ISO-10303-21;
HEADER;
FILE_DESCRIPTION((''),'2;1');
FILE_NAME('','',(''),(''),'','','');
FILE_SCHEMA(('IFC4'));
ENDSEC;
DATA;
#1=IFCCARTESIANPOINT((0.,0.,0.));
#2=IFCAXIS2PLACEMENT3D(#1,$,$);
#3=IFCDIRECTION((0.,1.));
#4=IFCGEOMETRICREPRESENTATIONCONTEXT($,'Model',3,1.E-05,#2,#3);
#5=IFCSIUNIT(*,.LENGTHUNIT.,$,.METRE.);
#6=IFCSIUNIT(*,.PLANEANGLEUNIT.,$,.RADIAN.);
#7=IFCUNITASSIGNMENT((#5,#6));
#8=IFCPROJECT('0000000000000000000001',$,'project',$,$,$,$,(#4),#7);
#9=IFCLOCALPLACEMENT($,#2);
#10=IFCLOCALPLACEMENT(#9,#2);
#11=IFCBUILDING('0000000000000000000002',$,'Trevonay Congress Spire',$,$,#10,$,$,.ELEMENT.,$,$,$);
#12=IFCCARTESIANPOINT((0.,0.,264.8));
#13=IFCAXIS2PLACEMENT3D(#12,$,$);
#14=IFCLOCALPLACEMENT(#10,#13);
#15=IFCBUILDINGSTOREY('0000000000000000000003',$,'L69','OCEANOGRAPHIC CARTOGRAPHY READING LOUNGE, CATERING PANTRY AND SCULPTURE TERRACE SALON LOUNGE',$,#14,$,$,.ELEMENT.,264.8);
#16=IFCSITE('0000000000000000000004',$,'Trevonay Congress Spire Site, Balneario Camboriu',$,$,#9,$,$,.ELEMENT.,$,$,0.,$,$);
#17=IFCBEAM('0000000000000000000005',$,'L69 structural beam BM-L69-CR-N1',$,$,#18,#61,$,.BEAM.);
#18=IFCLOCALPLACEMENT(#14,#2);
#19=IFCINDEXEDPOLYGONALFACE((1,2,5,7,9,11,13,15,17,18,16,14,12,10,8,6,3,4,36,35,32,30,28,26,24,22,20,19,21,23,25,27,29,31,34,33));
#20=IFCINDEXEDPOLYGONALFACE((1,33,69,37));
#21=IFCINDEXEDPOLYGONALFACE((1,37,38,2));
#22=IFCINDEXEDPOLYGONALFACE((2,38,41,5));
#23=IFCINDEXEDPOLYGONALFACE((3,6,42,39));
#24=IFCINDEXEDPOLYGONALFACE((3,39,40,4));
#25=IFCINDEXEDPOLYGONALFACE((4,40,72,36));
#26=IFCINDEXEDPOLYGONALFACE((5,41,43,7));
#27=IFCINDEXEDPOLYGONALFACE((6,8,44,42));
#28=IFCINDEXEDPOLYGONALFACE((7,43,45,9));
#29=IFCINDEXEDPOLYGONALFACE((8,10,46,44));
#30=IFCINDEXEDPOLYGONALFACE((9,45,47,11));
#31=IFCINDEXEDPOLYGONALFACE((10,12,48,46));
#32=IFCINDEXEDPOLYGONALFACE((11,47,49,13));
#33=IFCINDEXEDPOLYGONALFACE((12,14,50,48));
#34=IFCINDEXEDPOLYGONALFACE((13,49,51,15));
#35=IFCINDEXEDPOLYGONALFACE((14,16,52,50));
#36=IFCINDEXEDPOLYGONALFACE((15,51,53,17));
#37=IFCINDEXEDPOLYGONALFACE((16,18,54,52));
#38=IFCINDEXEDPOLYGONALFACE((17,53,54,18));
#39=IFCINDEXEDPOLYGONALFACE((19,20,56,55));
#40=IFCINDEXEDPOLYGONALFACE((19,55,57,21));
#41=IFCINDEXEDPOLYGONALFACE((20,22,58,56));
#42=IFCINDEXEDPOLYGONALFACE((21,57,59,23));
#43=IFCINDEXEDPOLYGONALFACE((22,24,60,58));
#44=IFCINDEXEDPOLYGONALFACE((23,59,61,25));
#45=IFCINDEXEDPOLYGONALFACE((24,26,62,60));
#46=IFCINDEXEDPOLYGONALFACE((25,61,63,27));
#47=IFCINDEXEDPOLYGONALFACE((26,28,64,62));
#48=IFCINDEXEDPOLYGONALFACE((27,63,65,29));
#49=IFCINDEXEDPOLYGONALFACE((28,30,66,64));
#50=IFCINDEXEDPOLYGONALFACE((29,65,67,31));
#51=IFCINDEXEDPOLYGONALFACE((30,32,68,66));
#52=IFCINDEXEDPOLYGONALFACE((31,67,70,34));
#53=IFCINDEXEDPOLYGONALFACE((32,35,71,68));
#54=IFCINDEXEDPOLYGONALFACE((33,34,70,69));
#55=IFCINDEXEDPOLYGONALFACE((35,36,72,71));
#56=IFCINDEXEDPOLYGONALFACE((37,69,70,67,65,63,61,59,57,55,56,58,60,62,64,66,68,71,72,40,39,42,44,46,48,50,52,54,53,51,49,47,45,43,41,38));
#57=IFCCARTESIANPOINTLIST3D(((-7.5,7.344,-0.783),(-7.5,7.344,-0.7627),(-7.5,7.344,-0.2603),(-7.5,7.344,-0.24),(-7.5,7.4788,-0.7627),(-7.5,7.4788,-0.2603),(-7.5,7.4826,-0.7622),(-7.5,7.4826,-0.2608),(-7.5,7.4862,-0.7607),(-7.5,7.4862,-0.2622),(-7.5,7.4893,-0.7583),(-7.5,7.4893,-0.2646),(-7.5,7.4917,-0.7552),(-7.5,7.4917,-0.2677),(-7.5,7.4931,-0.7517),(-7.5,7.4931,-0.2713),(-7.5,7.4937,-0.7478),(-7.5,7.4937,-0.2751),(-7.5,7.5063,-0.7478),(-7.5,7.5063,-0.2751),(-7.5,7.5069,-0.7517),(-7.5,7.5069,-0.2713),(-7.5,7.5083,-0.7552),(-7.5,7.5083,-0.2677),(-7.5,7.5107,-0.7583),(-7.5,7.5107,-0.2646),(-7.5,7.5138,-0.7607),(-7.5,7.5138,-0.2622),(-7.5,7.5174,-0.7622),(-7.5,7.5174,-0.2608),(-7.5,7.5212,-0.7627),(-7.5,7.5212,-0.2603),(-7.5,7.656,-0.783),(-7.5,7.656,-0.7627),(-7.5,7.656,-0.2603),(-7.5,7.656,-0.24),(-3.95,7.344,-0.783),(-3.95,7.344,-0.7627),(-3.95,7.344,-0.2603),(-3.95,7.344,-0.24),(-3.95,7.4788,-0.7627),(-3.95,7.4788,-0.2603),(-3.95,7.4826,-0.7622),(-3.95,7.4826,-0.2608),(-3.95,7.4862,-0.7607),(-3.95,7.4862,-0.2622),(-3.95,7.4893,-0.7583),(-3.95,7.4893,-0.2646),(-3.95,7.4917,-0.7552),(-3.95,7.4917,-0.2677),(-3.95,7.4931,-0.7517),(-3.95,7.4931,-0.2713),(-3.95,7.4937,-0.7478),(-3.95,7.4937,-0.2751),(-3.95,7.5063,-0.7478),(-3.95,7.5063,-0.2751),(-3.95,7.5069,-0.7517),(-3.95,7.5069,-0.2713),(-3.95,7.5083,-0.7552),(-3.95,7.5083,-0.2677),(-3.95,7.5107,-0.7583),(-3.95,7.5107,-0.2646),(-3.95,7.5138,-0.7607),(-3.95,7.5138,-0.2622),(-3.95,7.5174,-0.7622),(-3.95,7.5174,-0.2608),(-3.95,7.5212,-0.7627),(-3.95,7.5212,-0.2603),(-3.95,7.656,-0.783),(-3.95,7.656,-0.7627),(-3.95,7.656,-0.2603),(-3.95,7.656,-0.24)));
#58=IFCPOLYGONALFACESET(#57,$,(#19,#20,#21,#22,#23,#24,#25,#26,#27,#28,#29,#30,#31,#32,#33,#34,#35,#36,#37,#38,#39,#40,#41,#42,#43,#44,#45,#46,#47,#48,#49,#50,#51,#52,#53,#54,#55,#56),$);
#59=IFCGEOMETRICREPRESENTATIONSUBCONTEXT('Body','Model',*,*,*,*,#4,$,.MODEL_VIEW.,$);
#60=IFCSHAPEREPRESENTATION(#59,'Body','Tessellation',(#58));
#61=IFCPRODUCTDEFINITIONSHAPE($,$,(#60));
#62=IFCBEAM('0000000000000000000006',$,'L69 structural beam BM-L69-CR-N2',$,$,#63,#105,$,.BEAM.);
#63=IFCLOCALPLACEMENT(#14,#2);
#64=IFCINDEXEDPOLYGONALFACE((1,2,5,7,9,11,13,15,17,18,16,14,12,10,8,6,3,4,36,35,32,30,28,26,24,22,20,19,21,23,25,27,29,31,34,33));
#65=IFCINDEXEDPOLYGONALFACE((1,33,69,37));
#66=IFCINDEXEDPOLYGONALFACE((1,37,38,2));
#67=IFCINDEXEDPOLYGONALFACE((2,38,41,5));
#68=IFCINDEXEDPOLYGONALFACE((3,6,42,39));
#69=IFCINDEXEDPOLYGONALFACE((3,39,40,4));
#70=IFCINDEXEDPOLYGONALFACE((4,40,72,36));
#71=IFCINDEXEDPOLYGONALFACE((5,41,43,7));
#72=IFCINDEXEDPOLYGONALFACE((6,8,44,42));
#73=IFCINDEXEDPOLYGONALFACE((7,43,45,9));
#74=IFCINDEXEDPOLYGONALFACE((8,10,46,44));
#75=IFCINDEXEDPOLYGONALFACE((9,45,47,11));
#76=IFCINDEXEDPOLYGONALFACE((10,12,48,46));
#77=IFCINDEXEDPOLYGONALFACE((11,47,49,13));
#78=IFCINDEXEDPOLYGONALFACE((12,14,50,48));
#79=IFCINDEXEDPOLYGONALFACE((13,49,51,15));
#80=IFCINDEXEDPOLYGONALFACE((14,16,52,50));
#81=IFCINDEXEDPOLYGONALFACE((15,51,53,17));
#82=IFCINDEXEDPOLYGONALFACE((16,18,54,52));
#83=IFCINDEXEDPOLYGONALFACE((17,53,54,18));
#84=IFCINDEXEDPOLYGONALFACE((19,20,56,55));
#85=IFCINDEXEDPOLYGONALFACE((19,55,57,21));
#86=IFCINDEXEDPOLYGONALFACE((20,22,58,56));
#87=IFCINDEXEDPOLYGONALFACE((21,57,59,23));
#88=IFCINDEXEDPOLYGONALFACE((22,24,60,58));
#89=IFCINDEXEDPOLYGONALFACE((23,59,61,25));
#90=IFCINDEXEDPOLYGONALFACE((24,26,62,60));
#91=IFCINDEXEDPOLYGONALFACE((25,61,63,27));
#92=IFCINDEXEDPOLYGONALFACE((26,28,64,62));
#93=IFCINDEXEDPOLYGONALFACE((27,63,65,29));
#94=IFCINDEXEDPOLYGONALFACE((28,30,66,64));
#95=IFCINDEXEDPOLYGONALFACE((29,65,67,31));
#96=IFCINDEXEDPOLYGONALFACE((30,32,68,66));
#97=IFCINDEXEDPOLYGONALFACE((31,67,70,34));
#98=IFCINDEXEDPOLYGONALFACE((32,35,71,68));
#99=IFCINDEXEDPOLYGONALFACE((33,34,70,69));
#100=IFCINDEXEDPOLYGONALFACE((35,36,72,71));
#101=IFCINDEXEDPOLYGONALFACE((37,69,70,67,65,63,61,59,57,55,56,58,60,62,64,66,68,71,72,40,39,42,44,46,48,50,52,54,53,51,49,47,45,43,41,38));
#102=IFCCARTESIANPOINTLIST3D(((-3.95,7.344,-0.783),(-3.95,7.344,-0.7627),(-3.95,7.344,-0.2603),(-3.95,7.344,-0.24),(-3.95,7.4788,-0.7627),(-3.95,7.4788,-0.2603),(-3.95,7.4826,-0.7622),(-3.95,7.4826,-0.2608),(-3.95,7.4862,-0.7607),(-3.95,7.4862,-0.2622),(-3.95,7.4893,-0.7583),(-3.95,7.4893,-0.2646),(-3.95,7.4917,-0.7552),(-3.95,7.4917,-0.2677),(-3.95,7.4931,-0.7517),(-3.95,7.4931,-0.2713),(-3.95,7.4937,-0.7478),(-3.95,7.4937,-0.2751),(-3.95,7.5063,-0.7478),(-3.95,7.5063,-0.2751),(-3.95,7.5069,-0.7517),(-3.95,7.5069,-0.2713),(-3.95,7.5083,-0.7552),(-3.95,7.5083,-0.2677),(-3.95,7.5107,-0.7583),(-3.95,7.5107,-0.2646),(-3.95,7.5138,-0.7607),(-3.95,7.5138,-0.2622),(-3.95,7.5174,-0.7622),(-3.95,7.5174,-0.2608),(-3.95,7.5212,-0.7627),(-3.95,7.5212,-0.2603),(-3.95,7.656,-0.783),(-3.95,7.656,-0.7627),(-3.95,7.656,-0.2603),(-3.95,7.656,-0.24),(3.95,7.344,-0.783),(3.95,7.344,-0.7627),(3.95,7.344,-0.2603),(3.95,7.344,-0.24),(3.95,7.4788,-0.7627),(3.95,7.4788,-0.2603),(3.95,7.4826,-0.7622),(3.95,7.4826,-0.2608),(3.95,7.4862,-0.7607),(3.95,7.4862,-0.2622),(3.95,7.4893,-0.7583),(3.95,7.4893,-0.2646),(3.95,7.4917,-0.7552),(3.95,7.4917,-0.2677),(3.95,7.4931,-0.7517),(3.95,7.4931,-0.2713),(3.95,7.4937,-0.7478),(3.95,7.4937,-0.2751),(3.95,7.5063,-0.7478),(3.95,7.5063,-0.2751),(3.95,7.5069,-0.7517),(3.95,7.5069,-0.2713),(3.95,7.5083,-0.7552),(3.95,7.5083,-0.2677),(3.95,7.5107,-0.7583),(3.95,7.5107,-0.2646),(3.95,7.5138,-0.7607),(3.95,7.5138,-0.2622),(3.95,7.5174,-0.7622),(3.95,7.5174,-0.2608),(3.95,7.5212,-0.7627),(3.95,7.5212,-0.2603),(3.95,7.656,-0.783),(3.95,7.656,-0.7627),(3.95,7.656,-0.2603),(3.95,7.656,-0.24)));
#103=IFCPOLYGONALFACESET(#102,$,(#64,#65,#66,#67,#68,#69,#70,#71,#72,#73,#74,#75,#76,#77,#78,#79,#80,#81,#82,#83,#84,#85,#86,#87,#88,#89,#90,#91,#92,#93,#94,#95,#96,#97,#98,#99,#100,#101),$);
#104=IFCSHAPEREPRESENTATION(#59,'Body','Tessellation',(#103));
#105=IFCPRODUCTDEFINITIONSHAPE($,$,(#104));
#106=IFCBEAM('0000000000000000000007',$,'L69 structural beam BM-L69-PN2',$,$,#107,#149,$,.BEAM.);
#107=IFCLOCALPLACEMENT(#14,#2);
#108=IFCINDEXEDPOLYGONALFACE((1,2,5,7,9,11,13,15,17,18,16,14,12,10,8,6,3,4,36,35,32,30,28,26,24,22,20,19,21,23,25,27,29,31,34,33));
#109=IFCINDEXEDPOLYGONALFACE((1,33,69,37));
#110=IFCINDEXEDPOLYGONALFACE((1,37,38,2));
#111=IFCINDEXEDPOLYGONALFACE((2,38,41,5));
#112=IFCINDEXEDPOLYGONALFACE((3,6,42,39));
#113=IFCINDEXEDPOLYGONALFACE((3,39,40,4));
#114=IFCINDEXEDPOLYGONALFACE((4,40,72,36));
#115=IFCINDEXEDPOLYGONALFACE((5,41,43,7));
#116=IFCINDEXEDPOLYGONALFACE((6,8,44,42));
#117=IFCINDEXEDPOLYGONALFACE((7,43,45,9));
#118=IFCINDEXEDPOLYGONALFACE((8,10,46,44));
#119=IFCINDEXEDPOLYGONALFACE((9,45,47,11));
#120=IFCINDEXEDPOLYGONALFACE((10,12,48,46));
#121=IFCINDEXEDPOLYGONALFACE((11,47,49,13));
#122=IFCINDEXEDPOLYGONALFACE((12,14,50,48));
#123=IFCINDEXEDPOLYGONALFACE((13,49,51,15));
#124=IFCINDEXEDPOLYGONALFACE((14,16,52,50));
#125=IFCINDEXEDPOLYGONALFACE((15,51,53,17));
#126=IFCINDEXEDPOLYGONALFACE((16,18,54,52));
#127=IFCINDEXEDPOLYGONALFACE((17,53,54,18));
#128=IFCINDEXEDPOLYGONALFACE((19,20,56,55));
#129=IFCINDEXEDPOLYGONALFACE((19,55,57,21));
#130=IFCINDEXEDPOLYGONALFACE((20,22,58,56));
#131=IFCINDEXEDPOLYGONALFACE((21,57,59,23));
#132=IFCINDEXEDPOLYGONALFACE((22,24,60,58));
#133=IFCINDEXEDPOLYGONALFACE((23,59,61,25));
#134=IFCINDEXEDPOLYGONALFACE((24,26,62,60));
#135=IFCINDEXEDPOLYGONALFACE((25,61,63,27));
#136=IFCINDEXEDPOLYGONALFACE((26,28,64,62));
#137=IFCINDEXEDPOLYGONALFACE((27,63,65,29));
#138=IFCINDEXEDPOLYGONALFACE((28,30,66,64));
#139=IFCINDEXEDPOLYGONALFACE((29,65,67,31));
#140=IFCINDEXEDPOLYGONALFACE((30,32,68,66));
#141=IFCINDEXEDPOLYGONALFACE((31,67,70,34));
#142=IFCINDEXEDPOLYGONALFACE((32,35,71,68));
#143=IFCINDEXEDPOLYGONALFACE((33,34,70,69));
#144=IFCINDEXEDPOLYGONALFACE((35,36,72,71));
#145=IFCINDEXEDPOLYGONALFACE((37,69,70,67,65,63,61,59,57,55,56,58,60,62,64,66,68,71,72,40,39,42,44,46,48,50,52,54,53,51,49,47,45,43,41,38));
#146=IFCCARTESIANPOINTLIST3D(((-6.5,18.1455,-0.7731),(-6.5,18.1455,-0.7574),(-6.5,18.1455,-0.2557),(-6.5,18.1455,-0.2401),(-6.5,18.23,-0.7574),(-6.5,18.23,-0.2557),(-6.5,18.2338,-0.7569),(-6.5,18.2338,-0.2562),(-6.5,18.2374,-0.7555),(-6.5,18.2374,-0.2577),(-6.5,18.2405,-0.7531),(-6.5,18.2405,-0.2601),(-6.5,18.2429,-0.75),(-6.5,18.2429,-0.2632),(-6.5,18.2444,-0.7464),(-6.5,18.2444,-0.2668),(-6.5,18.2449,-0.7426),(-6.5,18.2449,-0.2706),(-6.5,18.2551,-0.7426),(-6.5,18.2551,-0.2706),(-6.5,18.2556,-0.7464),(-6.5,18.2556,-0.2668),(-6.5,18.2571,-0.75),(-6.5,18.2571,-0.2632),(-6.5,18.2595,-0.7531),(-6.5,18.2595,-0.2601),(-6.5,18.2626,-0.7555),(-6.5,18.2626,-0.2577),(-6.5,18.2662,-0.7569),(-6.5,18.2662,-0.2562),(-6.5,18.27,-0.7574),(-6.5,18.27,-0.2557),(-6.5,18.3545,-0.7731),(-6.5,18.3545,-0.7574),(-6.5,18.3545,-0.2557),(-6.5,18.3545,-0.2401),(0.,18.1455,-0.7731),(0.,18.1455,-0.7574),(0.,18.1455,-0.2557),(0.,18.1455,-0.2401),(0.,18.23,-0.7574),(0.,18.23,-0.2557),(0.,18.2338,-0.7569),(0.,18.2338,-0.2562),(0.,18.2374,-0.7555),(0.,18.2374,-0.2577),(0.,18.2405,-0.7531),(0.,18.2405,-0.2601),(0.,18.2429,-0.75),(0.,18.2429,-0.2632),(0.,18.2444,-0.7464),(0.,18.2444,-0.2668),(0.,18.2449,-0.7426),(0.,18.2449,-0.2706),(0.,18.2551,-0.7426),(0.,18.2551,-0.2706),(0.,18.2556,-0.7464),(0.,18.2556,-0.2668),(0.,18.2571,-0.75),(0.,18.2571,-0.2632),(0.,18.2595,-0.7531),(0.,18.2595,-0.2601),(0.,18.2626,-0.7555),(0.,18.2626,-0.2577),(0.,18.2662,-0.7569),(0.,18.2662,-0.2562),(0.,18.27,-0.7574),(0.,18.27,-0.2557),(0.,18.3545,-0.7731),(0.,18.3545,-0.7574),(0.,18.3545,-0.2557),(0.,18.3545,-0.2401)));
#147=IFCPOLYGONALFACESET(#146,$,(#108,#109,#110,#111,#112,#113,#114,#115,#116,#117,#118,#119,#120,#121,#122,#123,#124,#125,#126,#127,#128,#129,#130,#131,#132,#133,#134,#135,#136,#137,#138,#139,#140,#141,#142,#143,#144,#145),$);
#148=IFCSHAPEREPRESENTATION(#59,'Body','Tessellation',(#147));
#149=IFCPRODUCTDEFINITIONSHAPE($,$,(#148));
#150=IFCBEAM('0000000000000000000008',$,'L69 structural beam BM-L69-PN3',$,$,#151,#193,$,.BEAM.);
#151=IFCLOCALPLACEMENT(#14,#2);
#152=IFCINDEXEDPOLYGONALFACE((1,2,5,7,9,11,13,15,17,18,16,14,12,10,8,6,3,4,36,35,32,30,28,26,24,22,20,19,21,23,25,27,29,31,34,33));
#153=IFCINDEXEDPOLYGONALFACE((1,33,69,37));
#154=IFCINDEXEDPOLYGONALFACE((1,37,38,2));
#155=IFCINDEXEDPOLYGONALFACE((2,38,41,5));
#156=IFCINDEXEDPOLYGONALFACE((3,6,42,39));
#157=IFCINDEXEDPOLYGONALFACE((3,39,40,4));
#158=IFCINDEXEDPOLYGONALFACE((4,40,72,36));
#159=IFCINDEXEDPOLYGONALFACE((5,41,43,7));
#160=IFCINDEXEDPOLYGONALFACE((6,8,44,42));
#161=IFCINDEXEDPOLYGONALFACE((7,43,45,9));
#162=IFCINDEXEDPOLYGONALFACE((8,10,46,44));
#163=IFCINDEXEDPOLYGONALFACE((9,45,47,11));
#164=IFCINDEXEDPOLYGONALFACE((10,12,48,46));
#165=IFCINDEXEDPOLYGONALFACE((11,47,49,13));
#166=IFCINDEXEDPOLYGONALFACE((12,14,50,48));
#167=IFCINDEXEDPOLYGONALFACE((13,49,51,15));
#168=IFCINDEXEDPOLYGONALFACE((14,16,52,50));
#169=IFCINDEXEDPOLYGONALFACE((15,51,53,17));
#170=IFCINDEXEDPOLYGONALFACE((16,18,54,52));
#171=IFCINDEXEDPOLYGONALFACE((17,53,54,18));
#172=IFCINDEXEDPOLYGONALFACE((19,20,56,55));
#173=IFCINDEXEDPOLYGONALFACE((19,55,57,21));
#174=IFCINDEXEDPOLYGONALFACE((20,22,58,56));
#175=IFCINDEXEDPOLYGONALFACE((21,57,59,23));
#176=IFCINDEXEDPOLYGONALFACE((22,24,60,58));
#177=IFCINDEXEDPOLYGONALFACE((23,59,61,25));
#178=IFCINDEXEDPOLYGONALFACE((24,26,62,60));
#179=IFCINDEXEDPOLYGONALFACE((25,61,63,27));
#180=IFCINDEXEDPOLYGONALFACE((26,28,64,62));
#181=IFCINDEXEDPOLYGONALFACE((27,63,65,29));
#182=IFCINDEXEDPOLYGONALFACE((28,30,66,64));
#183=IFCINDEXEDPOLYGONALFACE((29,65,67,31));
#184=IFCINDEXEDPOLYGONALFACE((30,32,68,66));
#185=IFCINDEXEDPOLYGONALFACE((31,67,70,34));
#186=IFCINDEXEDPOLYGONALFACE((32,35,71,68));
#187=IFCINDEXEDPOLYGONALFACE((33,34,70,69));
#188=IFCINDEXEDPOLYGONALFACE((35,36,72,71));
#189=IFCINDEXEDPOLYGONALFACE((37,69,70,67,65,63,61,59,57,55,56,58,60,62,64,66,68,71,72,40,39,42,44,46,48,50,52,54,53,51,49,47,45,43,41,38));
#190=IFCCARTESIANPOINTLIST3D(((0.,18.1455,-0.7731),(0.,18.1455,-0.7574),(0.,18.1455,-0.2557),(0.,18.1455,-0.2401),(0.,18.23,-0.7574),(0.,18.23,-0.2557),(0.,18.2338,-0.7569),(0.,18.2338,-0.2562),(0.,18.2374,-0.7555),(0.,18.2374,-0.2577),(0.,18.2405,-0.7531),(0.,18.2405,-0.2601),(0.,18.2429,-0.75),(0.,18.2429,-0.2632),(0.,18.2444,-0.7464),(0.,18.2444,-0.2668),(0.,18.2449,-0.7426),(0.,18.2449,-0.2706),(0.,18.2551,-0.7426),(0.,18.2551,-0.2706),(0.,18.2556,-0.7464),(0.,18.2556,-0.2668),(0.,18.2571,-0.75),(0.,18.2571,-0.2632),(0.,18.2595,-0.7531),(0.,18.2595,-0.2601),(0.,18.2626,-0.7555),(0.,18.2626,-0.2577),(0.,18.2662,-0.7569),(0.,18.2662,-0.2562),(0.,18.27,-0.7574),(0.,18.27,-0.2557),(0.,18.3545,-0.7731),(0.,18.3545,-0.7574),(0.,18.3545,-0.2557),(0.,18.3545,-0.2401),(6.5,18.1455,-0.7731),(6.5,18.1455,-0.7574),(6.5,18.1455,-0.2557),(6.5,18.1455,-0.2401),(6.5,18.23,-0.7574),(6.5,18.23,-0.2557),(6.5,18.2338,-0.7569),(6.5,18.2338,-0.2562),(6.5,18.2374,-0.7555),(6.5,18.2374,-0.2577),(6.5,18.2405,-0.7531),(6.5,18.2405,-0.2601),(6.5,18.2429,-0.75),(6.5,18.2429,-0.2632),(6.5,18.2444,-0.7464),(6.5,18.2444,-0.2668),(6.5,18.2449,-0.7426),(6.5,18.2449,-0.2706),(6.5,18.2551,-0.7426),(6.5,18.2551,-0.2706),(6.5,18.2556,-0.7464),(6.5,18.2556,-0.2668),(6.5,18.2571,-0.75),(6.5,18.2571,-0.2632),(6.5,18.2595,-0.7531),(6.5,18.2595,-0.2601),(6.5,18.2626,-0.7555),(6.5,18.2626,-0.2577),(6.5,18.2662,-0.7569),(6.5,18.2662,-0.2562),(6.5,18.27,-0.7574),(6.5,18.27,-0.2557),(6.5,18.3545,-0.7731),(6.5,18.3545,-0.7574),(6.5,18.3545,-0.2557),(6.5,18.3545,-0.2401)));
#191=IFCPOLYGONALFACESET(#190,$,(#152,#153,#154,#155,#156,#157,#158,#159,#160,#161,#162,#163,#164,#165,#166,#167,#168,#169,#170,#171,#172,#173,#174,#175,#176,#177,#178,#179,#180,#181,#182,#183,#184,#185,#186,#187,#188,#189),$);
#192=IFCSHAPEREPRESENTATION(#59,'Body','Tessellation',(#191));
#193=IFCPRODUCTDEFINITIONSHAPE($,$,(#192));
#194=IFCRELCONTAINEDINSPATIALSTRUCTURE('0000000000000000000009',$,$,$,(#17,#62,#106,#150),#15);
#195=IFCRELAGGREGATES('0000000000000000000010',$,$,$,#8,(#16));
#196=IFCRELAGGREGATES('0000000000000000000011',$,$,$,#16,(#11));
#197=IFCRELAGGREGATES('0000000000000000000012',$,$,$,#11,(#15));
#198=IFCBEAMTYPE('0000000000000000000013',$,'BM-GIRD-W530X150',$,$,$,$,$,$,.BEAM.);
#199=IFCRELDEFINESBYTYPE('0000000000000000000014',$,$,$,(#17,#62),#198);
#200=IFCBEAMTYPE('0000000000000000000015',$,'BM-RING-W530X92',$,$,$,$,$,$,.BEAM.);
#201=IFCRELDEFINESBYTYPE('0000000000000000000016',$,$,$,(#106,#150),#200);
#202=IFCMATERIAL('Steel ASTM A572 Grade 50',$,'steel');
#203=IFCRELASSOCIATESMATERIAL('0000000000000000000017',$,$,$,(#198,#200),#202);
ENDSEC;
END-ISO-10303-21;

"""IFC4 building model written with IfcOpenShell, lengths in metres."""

from ifc_helpers import new_model, si_unit, direction, frame, origin, origin_2d, place, context, subcontext, project, spatial, i_section, extrude, material, material_profile, profile_set, type_object, element, save


model = new_model("IFC4")

# Units and contexts
model_context = context("Model", 3, precision=1e-05, world=origin(), true_north=direction((0.0, 1.0)))
body_context = subcontext(model_context, "Body", "Model", "MODEL_VIEW")
ifc_project = project(units=[si_unit("LENGTHUNIT", "METRE"), si_unit("PLANEANGLEUNIT", "RADIAN")], contexts=[model_context])

# Site, building, storey
site_placement = place(None, origin())
site = spatial("IfcSite", under=ifc_project, at=site_placement, Name="Trevonay Congress Spire Site, Balneario Camboriu", CompositionType="ELEMENT", RefElevation=0.0)
building_placement = place(site_placement, origin())
building = spatial("IfcBuilding", under=site, at=building_placement, Name="Trevonay Congress Spire", CompositionType="ELEMENT")
storey_placement = place(building_placement, frame((0.0, 0.0, 264.8)))
storey = spatial("IfcBuildingStorey", under=building, at=storey_placement, Name="L69", Description="OCEANOGRAPHIC CARTOGRAPHY READING LOUNGE, CATERING PANTRY AND SCULPTURE TERRACE SALON LOUNGE", CompositionType="ELEMENT", Elevation=264.8)

# Shared definitions
ifc_material_1 = material(Name="Steel ASTM A572 Grade 50", Category="steel")

# Beams
ifc_material_profile_1 = material_profile(ifc_material_1, i_section(OverallWidth=0.312, OverallDepth=0.543, WebThickness=0.0127, FlangeThickness=0.0203, FilletRadius=0.0149, at=origin_2d()), Name="W530x150")
ifc_profile_set_1 = profile_set([ifc_material_profile_1], Name="Steel ASTM A572 Grade 50")
beam_type_1 = type_object("IfcBeamType", Name="BM-GIRD-W530X150", PredefinedType="BEAM", material=ifc_profile_set_1)
beam_1_placement = place(storey_placement, frame((-7.5, 7.5, -0.5115), z_axis=(1.0, 0.0, 0.0), x_axis=(0.0, 1.0, 0.0)))
element("IfcBeam", 1, at=beam_1_placement, inside=storey, type_object=beam_type_1, Name="L69 structural beam BM-L69-CR-N1", PredefinedType="BEAM", context=body_context, shape_type="SweptSolid", body=[
    extrude(i_section(OverallWidth=0.312, OverallDepth=0.543, WebThickness=0.0127, FlangeThickness=0.0203, FilletRadius=0.0149, at=origin_2d()), origin(), (0.0, 0.0, 1.0), 3.55),
])
beam_2_placement = place(storey_placement, frame((-3.95, 7.5, -0.5115), z_axis=(1.0, 0.0, 0.0), x_axis=(0.0, 1.0, 0.0)))
element("IfcBeam", 2, at=beam_2_placement, inside=storey, type_object=beam_type_1, Name="L69 structural beam BM-L69-CR-N2", PredefinedType="BEAM", context=body_context, shape_type="SweptSolid", body=[
    extrude(i_section(OverallWidth=0.312, OverallDepth=0.543, WebThickness=0.0127, FlangeThickness=0.0203, FilletRadius=0.0149, at=origin_2d()), origin(), (0.0, 0.0, 1.0), 7.8999),
])
ifc_material_profile_2 = material_profile(ifc_material_1, i_section(OverallWidth=0.209, OverallDepth=0.533, WebThickness=0.0103, FlangeThickness=0.0156, FilletRadius=0.0149, at=origin_2d()), Name="W530x92")
ifc_profile_set_2 = profile_set([ifc_material_profile_2], Name="Steel ASTM A572 Grade 50")
beam_type_2 = type_object("IfcBeamType", Name="BM-RING-W530X92", PredefinedType="BEAM", material=ifc_profile_set_2)
for number, where, z_axis, x_axis, name in (
    (3, (-6.5, 18.25, -0.5066), (1.0, 0.0, 0.0), (0.0, 1.0, 0.0), "L69 structural beam BM-L69-PN2"),
    (4, (0.0, 18.25, -0.5066), (1.0, 0.0, 0.0), (0.0, 1.0, 0.0), "L69 structural beam BM-L69-PN3"),
):
    element("IfcBeam", number, at=place(storey_placement, frame(where, z_axis=z_axis, x_axis=x_axis)), inside=storey, type_object=beam_type_2, Name=name, PredefinedType="BEAM", context=body_context, shape_type="SweptSolid", body=[
        extrude(i_section(OverallWidth=0.209, OverallDepth=0.533, WebThickness=0.0103, FlangeThickness=0.0156, FilletRadius=0.0149, at=origin_2d()), origin(), (0.0, 0.0, 1.0), 6.5),
    ])

save(model, "model.ifc")
